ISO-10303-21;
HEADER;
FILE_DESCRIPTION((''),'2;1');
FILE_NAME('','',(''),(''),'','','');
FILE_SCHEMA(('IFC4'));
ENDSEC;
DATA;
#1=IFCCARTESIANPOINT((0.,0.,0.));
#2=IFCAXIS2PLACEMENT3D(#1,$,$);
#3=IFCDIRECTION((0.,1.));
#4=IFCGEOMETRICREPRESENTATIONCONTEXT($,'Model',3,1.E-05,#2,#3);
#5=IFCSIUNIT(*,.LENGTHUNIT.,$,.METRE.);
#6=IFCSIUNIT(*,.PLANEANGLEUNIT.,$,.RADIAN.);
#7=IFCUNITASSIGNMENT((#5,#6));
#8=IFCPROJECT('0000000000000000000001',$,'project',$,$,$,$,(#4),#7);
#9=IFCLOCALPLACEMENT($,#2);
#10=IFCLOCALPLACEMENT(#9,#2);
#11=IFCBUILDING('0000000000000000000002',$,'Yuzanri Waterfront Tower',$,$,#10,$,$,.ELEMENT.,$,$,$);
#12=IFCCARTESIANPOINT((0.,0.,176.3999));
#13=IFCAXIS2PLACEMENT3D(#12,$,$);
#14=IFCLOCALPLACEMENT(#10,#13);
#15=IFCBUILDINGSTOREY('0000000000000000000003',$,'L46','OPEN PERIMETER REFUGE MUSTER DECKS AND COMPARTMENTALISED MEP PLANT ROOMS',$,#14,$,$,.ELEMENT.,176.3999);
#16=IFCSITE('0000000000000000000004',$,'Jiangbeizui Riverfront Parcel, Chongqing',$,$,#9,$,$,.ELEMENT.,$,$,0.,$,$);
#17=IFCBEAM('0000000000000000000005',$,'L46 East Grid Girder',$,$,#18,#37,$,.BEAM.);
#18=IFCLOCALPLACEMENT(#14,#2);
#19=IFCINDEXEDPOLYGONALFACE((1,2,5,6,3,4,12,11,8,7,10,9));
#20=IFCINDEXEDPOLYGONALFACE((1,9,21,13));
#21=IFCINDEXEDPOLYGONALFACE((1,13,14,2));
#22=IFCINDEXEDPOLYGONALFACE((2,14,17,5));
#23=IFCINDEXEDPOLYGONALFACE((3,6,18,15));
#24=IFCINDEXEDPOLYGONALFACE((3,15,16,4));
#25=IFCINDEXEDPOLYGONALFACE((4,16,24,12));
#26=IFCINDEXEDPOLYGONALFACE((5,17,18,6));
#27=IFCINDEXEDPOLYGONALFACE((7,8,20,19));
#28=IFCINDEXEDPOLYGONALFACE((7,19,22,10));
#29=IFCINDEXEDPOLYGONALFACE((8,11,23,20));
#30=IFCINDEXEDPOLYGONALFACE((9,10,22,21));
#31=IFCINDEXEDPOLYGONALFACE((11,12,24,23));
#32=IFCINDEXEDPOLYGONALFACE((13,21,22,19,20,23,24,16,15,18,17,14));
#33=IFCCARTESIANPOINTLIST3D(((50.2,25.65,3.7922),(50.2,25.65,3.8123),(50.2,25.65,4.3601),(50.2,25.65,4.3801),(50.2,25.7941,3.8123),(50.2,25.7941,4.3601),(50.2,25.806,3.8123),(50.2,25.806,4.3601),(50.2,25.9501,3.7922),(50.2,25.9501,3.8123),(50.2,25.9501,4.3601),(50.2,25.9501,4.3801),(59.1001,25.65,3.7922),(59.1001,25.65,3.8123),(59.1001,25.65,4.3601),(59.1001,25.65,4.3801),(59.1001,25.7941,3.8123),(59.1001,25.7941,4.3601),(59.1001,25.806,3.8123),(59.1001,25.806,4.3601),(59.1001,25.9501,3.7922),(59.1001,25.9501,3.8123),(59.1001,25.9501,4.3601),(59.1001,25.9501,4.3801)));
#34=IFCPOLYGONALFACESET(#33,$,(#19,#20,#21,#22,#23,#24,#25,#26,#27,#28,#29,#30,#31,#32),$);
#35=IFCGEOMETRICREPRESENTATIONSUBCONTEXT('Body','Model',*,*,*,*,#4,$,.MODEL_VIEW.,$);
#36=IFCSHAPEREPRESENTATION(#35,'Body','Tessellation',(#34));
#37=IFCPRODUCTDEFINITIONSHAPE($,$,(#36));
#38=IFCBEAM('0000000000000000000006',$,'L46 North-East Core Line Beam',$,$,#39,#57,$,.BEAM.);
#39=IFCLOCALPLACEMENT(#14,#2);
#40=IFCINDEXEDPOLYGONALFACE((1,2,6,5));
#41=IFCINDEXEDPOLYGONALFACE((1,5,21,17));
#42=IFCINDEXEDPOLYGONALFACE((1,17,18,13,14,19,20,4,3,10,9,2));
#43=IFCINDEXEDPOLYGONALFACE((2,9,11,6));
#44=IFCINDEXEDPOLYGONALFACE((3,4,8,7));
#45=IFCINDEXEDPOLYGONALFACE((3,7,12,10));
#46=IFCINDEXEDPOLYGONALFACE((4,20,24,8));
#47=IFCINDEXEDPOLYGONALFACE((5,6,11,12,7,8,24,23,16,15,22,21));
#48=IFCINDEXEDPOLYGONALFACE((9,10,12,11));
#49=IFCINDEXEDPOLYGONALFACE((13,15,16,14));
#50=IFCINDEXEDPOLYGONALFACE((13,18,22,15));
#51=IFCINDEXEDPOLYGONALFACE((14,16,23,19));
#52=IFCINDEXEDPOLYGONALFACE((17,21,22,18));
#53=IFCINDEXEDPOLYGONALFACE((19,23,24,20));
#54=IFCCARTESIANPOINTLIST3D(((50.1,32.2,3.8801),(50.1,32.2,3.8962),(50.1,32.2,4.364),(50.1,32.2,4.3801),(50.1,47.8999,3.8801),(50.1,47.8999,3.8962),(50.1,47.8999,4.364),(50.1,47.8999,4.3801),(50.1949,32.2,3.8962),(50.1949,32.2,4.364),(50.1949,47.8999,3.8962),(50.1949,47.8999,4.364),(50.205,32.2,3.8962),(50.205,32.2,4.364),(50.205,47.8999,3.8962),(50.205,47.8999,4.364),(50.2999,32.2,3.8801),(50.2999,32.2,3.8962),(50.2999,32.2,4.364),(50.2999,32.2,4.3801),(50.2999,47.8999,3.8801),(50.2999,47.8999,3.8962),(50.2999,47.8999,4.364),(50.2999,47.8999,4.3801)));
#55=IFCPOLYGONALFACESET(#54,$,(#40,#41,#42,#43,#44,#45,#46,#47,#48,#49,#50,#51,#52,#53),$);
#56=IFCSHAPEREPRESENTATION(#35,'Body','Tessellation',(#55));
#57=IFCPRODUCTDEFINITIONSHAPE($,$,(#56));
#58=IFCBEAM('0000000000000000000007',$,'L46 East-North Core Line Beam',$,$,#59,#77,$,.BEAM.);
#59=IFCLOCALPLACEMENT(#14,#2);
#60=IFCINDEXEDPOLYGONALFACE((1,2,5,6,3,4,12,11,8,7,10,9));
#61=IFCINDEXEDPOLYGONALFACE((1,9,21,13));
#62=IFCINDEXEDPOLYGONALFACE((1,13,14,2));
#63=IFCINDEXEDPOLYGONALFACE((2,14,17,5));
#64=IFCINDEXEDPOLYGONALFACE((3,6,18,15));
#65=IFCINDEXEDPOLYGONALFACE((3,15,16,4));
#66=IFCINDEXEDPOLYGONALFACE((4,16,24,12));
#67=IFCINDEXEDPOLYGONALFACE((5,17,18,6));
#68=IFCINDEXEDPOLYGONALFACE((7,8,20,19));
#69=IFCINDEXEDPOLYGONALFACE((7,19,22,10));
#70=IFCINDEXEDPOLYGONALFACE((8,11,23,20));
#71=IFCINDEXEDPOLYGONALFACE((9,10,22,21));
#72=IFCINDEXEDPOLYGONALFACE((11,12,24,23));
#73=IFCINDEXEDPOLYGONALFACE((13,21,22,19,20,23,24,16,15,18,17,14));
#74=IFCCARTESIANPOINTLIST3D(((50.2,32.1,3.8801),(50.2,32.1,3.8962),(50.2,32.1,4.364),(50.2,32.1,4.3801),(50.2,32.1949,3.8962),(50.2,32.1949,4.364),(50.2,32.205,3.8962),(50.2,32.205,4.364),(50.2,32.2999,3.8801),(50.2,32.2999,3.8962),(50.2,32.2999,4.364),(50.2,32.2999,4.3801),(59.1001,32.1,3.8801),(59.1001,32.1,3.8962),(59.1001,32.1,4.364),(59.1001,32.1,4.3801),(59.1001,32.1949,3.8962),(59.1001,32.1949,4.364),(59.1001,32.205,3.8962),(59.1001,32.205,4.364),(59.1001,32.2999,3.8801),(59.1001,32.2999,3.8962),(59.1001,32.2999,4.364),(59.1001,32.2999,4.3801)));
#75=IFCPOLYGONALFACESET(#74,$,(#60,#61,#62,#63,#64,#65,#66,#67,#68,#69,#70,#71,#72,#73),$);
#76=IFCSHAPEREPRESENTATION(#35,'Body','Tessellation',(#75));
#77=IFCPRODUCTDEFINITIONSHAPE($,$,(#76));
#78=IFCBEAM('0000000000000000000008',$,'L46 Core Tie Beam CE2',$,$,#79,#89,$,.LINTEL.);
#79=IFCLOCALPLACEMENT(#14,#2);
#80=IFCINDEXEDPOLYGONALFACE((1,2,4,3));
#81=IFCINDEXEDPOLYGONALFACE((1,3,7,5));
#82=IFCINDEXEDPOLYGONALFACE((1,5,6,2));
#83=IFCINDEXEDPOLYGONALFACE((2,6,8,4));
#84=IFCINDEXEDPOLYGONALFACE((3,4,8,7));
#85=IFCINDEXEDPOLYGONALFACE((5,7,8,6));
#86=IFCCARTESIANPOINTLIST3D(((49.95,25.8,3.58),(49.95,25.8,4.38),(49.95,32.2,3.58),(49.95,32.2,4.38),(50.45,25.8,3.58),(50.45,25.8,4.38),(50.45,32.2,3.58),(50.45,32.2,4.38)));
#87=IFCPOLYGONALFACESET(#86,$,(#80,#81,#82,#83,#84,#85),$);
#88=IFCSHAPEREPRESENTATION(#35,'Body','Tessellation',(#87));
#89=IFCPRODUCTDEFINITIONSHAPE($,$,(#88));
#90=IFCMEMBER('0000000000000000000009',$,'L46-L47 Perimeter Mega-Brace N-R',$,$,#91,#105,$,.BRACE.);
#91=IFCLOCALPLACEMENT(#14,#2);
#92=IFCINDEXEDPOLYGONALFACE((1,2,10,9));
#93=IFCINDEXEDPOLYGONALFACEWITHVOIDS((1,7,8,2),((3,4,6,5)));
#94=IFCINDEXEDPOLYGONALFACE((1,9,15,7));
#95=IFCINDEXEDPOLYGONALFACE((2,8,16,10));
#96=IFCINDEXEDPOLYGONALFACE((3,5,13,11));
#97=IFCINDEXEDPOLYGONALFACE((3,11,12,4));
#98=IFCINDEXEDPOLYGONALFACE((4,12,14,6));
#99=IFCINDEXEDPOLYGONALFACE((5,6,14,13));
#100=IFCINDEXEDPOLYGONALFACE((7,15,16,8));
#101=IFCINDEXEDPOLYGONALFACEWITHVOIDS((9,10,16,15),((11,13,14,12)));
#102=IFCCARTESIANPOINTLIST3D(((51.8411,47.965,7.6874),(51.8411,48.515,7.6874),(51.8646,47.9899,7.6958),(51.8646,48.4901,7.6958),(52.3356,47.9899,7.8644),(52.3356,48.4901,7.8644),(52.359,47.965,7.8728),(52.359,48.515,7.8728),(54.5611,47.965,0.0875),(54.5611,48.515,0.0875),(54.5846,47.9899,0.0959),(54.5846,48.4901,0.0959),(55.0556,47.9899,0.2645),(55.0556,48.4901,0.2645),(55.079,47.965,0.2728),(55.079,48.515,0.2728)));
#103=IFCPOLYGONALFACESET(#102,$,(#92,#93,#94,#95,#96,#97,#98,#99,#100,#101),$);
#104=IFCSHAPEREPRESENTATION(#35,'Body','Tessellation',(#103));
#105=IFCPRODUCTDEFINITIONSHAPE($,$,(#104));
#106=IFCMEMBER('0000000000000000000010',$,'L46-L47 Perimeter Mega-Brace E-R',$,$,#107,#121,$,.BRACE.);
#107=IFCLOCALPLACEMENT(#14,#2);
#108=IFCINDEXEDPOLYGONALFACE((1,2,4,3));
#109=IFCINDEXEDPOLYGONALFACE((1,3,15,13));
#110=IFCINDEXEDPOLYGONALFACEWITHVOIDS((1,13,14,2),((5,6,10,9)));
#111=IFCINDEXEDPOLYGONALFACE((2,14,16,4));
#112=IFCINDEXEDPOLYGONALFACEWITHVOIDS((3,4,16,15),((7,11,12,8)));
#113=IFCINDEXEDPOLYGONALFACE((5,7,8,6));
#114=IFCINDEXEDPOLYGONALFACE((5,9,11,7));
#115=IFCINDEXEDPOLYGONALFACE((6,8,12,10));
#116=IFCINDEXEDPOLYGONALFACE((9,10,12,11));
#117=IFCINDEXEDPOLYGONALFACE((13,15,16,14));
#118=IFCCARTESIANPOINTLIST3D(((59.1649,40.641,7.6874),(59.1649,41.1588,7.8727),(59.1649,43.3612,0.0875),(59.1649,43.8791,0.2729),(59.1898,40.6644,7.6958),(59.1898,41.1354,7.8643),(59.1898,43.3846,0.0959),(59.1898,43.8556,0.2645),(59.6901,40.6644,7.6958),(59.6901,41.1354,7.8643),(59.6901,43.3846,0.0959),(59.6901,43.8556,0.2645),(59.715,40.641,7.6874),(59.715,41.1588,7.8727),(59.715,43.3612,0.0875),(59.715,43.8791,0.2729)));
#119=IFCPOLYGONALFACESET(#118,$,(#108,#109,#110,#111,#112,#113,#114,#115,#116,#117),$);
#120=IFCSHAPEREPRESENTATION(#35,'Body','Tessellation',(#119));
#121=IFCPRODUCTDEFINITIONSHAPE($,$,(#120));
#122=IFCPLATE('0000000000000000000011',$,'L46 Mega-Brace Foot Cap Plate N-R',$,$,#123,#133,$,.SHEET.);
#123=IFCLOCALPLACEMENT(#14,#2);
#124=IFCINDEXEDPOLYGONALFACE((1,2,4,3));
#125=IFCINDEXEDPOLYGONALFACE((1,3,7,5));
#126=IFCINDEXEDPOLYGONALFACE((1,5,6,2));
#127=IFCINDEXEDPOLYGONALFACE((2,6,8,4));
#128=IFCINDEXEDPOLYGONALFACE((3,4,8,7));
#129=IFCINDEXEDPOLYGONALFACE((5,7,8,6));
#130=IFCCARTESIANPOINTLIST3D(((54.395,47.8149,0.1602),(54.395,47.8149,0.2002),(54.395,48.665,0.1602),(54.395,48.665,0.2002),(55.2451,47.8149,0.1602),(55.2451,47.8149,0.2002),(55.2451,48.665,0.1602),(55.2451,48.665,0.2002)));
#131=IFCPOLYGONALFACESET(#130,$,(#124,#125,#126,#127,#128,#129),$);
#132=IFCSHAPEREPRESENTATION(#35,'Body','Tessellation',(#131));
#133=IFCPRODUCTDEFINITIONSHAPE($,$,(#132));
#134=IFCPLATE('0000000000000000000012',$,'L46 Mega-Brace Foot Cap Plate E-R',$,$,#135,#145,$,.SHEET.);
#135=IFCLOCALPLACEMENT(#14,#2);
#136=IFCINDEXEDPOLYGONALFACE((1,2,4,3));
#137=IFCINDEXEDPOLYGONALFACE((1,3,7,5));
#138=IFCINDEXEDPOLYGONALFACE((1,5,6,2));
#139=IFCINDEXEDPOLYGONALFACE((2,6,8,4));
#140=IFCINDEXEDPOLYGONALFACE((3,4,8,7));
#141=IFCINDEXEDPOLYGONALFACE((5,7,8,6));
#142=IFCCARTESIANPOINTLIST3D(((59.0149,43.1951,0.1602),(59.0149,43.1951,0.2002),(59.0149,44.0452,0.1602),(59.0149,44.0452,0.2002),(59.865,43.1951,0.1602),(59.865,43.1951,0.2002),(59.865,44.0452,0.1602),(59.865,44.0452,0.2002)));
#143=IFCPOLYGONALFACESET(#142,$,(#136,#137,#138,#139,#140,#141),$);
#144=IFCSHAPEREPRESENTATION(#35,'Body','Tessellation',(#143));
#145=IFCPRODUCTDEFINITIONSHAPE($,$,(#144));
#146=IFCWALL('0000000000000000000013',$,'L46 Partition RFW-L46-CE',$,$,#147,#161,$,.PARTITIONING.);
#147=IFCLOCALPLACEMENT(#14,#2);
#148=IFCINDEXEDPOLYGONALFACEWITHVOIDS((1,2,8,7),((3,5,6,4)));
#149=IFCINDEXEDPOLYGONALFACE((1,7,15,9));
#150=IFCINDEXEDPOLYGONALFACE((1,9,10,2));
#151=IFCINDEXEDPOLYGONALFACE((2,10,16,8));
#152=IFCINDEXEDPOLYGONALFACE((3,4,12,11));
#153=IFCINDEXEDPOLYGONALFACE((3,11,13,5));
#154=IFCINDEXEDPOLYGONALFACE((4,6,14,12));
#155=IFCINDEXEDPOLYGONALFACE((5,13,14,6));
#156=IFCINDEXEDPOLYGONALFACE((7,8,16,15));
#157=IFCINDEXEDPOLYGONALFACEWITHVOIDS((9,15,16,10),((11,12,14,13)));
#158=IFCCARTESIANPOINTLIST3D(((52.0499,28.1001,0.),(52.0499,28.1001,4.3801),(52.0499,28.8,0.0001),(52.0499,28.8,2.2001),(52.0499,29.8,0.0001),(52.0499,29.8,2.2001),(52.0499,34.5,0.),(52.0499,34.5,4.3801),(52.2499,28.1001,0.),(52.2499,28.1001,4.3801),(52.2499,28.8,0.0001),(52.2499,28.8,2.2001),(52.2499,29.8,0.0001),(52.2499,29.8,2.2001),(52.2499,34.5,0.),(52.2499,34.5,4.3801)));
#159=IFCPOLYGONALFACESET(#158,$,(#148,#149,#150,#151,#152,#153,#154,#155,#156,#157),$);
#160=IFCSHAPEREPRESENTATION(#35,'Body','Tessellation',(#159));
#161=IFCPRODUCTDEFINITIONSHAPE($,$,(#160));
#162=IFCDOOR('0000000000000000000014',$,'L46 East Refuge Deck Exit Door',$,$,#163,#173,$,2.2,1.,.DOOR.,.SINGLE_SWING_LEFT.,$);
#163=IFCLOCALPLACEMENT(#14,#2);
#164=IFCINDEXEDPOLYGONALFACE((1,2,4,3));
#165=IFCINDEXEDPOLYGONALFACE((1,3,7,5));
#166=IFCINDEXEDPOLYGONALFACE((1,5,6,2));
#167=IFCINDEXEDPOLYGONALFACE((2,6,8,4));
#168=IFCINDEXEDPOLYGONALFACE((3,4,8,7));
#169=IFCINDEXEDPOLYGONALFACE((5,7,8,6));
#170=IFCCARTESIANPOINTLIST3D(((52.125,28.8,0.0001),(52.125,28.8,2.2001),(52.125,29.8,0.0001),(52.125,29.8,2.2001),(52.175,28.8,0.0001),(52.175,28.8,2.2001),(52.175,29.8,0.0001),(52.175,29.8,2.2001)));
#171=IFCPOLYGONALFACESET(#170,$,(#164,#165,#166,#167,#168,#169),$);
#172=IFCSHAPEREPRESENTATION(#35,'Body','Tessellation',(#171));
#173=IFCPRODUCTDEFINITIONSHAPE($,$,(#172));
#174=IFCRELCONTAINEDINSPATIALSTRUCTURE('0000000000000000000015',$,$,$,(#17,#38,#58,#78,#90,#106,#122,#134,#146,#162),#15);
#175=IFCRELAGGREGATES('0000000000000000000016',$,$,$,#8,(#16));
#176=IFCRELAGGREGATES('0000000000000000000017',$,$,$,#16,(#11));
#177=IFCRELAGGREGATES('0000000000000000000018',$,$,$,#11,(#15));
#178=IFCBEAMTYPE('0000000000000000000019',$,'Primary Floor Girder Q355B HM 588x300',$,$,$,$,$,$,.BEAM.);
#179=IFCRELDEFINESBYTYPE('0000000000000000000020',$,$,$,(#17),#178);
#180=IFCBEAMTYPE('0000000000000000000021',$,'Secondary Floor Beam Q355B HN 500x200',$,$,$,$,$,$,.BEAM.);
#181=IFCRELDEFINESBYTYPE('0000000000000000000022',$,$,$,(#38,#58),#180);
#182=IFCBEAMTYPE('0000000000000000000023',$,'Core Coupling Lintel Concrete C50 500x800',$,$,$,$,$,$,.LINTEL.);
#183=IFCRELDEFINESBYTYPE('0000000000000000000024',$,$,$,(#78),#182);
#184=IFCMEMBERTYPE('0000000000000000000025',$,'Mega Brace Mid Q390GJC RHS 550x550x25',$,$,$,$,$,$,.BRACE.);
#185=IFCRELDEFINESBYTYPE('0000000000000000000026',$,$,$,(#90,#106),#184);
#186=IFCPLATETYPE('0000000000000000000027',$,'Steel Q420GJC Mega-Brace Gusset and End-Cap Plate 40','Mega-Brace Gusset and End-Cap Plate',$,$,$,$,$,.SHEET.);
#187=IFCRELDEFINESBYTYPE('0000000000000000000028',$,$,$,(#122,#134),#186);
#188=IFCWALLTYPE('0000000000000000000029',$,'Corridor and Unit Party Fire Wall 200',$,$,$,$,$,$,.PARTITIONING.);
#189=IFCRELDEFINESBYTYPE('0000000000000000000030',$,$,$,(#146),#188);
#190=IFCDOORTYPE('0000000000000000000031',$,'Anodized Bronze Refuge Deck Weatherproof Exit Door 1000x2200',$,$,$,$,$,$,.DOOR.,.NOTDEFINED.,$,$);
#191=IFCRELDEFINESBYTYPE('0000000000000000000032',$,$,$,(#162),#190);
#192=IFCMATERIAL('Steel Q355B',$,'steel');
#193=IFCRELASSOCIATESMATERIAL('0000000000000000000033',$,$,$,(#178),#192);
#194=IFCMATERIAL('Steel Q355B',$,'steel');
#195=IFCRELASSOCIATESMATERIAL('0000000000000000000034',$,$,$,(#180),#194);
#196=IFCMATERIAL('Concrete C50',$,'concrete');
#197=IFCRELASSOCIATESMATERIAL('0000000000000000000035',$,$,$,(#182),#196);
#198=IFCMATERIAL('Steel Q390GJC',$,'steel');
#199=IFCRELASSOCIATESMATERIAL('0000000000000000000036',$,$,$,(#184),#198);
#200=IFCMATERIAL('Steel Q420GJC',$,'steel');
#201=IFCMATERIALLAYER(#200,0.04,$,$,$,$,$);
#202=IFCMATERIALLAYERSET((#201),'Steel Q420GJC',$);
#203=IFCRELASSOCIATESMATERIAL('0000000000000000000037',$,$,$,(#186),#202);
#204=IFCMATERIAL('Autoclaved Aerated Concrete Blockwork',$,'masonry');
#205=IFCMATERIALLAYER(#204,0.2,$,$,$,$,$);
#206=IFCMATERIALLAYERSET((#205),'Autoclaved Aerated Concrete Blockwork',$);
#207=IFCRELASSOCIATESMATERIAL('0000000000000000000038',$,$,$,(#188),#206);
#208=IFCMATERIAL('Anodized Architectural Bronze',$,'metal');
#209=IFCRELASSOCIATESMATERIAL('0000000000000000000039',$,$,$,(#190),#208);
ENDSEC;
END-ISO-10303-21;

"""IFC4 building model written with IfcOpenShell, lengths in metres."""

from ifc_helpers import new_model, si_unit, direction, frame, frame_2d, origin, origin_2d, place, context, subcontext, project, spatial, rectangle, hollow_rectangle, i_section, extrude, source, transform, mapped, material, layer, layer_set, material_profile, profile_set, type_object, element, fill, save


model = new_model("IFC4")

# Units and contexts
model_context = context("Model", 3, precision=1e-05, world=origin(), true_north=direction((0.0, 1.0)))
body_context = subcontext(model_context, "Body", "Model", "MODEL_VIEW")
ifc_project = project(units=[si_unit("LENGTHUNIT", "METRE"), si_unit("PLANEANGLEUNIT", "RADIAN")], contexts=[model_context])

# Site, building, storey
site_placement = place(None, origin())
site = spatial("IfcSite", under=ifc_project, at=site_placement, Name="Jiangbeizui Riverfront Parcel, Chongqing", CompositionType="ELEMENT", RefElevation=0.0)
building_placement = place(site_placement, origin())
building = spatial("IfcBuilding", under=site, at=building_placement, Name="Yuzanri Waterfront Tower", CompositionType="ELEMENT")
storey_placement = place(building_placement, frame((0.0, 0.0, 176.3999)))
storey = spatial("IfcBuildingStorey", under=building, at=storey_placement, Name="L46", Description="OPEN PERIMETER REFUGE MUSTER DECKS AND COMPARTMENTALISED MEP PLANT ROOMS", CompositionType="ELEMENT", Elevation=176.3999)

# Beams
ifc_material_1 = material(Name="Steel Q355B", Category="steel")
ifc_material_profile_1 = material_profile(ifc_material_1, i_section(OverallWidth=0.3, OverallDepth=0.5879, WebThickness=0.012, FlangeThickness=0.02, at=origin_2d()), Name="HM 588x300x12x20")
ifc_profile_set_1 = profile_set([ifc_material_profile_1], Name="Steel Q355B")
beam_type_1 = type_object("IfcBeamType", Name="Primary Floor Girder Q355B HM 588x300", PredefinedType="BEAM", material=ifc_profile_set_1)
shared_shape_1 = source(origin(), body_context, "Body", "SweptSolid", [
    extrude(i_section(OverallWidth=0.3, OverallDepth=0.5879, WebThickness=0.012, FlangeThickness=0.02, at=origin_2d()), origin(), (0.0, 0.0, 1.0), 8.9001),
])
beam_1_placement = place(storey_placement, frame((50.2, 25.8, 4.0862), z_axis=(1.0, 0.0, 0.0), x_axis=(0.0, 1.0, 0.0)))
element("IfcBeam", 1, at=beam_1_placement, inside=storey, type_object=beam_type_1, Name="L46 East Grid Girder", PredefinedType="BEAM", context=body_context, shape_type="MappedRepresentation", body=[
    mapped(shared_shape_1, transform((0.0, 0.0, 0.0), scale=1.0)),
])
ifc_material_2 = material(Name="Steel Q355B", Category="steel")
ifc_material_profile_2 = material_profile(ifc_material_2, i_section(OverallWidth=0.2, OverallDepth=0.5, WebThickness=0.01, FlangeThickness=0.0161, at=origin_2d()), Name="HN 500x200x10x16")
ifc_profile_set_2 = profile_set([ifc_material_profile_2], Name="Steel Q355B")
beam_type_2 = type_object("IfcBeamType", Name="Secondary Floor Beam Q355B HN 500x200", PredefinedType="BEAM", material=ifc_profile_set_2)
shared_shape_2 = source(origin(), body_context, "Body", "SweptSolid", [
    extrude(i_section(OverallWidth=0.2, OverallDepth=0.5, WebThickness=0.01, FlangeThickness=0.0161, at=origin_2d()), origin(), (0.0, 0.0, 1.0), 15.7),
])
beam_2_placement = place(storey_placement, frame((50.2, 32.2, 4.1301), z_axis=(0.0, 1.0, 0.0), x_axis=(-1.0, 0.0, 0.0)))
element("IfcBeam", 2, at=beam_2_placement, inside=storey, type_object=beam_type_2, Name="L46 North-East Core Line Beam", PredefinedType="BEAM", context=body_context, shape_type="MappedRepresentation", body=[
    mapped(shared_shape_2, transform((0.0, 0.0, 0.0), scale=1.0)),
])
shared_shape_3 = source(origin(), body_context, "Body", "SweptSolid", [
    extrude(i_section(OverallWidth=0.2, OverallDepth=0.5, WebThickness=0.01, FlangeThickness=0.0161, at=origin_2d()), origin(), (0.0, 0.0, 1.0), 8.9001),
])
beam_3_placement = place(storey_placement, frame((50.2, 32.2, 4.1301), z_axis=(1.0, 0.0, 0.0), x_axis=(0.0, 1.0, 0.0)))
element("IfcBeam", 3, at=beam_3_placement, inside=storey, type_object=beam_type_2, Name="L46 East-North Core Line Beam", PredefinedType="BEAM", context=body_context, shape_type="MappedRepresentation", body=[
    mapped(shared_shape_3, transform((0.0, 0.0, 0.0), scale=1.0)),
])
ifc_material_3 = material(Name="Concrete C50", Category="concrete")
ifc_material_profile_3 = material_profile(ifc_material_3, rectangle(XDim=0.5, YDim=0.8, at=origin_2d()), Name="RC 500x800")
ifc_profile_set_3 = profile_set([ifc_material_profile_3], Name="Concrete C50")
beam_type_3 = type_object("IfcBeamType", Name="Core Coupling Lintel Concrete C50 500x800", PredefinedType="LINTEL", material=ifc_profile_set_3)
shared_shape_4 = source(origin(), body_context, "Body", "SweptSolid", [
    extrude(rectangle(XDim=0.5, YDim=0.8, at=origin_2d()), origin(), (0.0, 0.0, 1.0), 6.3999),
])
beam_4_placement = place(storey_placement, frame((50.2, 25.8, 3.98), z_axis=(0.0, 1.0, 0.0), x_axis=(-1.0, 0.0, 0.0)))
element("IfcBeam", 4, at=beam_4_placement, inside=storey, type_object=beam_type_3, Name="L46 Core Tie Beam CE2", PredefinedType="LINTEL", context=body_context, shape_type="MappedRepresentation", body=[
    mapped(shared_shape_4, transform((0.0, 0.0, 0.0), scale=1.0)),
])

# Members
ifc_material_4 = material(Name="Steel Q390GJC", Category="steel")
ifc_material_profile_4 = material_profile(ifc_material_4, hollow_rectangle(XDim=0.55, YDim=0.55, WallThickness=0.0249, at=origin_2d()), Name="RHS 550x550x25")
ifc_profile_set_4 = profile_set([ifc_material_profile_4], Name="Steel Q390GJC")
member_type = type_object("IfcMemberType", Name="Mega Brace Mid Q390GJC RHS 550x550x25", PredefinedType="BRACE", material=ifc_profile_set_4)
shared_shape_5 = source(origin(), body_context, "Body", "SweptSolid", [
    extrude(hollow_rectangle(XDim=0.55, YDim=0.55, WallThickness=0.0249, at=origin_2d()), origin(), (0.0, 0.0, 1.0), 8.072),
])
for number, where, z_axis, x_axis, name in (
    (5, (54.8201, 48.24, 0.1802), (-0.336967, 0.0, 0.941517), (0.0, -1.0, 0.0), "L46-L47 Perimeter Mega-Brace N-R"),
    (6, (59.4399, 43.6201, 0.1802), (0.0, -0.336994, 0.941507), (1.0, 0.0, 0.0), "L46-L47 Perimeter Mega-Brace E-R"),
):
    element("IfcMember", number, at=place(storey_placement, frame(where, z_axis=z_axis, x_axis=x_axis)), inside=storey, type_object=member_type, Name=name, PredefinedType="BRACE", context=body_context, shape_type="MappedRepresentation", body=[
        mapped(shared_shape_5, transform((0.0, 0.0, 0.0), scale=1.0)),
    ])

# Plates
ifc_material_5 = material(Name="Steel Q420GJC", Category="steel")
ifc_layer_1 = layer(ifc_material_5, 0.04)
ifc_layer_set_1 = layer_set([ifc_layer_1], Name="Steel Q420GJC")
plate_type = type_object("IfcPlateType", Name="Steel Q420GJC Mega-Brace Gusset and End-Cap Plate 40", Description="Mega-Brace Gusset and End-Cap Plate", PredefinedType="SHEET", material=ifc_layer_set_1)
shared_shape_6 = source(origin(), body_context, "Body", "SweptSolid", [
    extrude(rectangle(XDim=0.8501, YDim=0.8501, at=origin_2d()), origin(), (0.0, 0.0, 1.0), 0.04),
])
for number, where, z_axis, x_axis, name in (
    (7, (54.8201, 48.24, 0.1602), (0.0, 0.0, 1.0), (1.0, 0.0, 0.0), "L46 Mega-Brace Foot Cap Plate N-R"),
    (8, (59.4399, 43.6201, 0.1602), (0.0, 0.0, 1.0), (1.0, 0.0, 0.0), "L46 Mega-Brace Foot Cap Plate E-R"),
):
    element("IfcPlate", number, at=place(storey_placement, frame(where, z_axis=z_axis, x_axis=x_axis)), inside=storey, type_object=plate_type, Name=name, PredefinedType="SHEET", context=body_context, shape_type="MappedRepresentation", body=[
        mapped(shared_shape_6, transform((0.0, 0.0, 0.0), scale=1.0)),
    ])

# Wall, opening, door
ifc_material_6 = material(Name="Autoclaved Aerated Concrete Blockwork", Category="masonry")
ifc_layer_2 = layer(ifc_material_6, 0.2)
ifc_layer_set_2 = layer_set([ifc_layer_2], Name="Autoclaved Aerated Concrete Blockwork")
wall_type_1 = type_object("IfcWallType", Name="Corridor and Unit Party Fire Wall 200", PredefinedType="PARTITIONING", material=ifc_layer_set_2)
wall_1_placement = place(storey_placement, frame((52.1499, 28.1001, 0.0), z_axis=(0.0, 0.0, 1.0), x_axis=(0.0, 1.0, 0.0)))
wall_1 = element("IfcWall", 9, at=wall_1_placement, inside=storey, type_object=wall_type_1, Name="L46 Partition RFW-L46-CE", PredefinedType="PARTITIONING", context=body_context, shape_type="SweptSolid", body=[
    extrude(rectangle(XDim=6.3999, YDim=0.2, at=frame_2d((3.2, 0.0))), origin(), (0.0, 0.0, 1.0), 4.3801),
])
opening_placement = place(wall_1_placement, frame((0.7, 0.0, 0.0)))
opening = element("IfcOpeningElement", 10, at=opening_placement, cuts=wall_1, PredefinedType="OPENING", context=body_context, shape_type="SweptSolid", body=[
    extrude(rectangle(XDim=1.0, YDim=2.2, at=frame_2d((0.5, 1.1001))), frame((0.0, 0.1147, 0.0), z_axis=(0.0, -1.0, 0.0), x_axis=(1.0, 0.0, 0.0)), (0.0, 0.0, 1.0), 0.2297),
])
ifc_material_7 = material(Name="Anodized Architectural Bronze", Category="metal")
door_type = type_object("IfcDoorType", Name="Anodized Bronze Refuge Deck Weatherproof Exit Door 1000x2200", OperationType="NOTDEFINED", PredefinedType="DOOR", material=ifc_material_7)
shared_shape_7 = source(origin(), body_context, "Body", "SweptSolid", [
    extrude(rectangle(XDim=1.0, YDim=2.2, at=frame_2d((0.5, 1.1001))), frame((0.0, 0.0249, 0.0), z_axis=(0.0, -1.0, 0.0), x_axis=(1.0, 0.0, 0.0)), (0.0, 0.0, 1.0), 0.05),
])
door_placement = place(opening_placement, origin())
door = element("IfcDoor", 11, at=door_placement, inside=storey, type_object=door_type, Name="L46 East Refuge Deck Exit Door", OperationType="SINGLE_SWING_LEFT", OverallHeight=2.2, OverallWidth=1.0, PredefinedType="DOOR", context=body_context, shape_type="MappedRepresentation", body=[
    mapped(shared_shape_7, transform((0.0, 0.0, 0.0), scale=1.0)),
])
fill(opening, door)

save(model, "model.ifc")
